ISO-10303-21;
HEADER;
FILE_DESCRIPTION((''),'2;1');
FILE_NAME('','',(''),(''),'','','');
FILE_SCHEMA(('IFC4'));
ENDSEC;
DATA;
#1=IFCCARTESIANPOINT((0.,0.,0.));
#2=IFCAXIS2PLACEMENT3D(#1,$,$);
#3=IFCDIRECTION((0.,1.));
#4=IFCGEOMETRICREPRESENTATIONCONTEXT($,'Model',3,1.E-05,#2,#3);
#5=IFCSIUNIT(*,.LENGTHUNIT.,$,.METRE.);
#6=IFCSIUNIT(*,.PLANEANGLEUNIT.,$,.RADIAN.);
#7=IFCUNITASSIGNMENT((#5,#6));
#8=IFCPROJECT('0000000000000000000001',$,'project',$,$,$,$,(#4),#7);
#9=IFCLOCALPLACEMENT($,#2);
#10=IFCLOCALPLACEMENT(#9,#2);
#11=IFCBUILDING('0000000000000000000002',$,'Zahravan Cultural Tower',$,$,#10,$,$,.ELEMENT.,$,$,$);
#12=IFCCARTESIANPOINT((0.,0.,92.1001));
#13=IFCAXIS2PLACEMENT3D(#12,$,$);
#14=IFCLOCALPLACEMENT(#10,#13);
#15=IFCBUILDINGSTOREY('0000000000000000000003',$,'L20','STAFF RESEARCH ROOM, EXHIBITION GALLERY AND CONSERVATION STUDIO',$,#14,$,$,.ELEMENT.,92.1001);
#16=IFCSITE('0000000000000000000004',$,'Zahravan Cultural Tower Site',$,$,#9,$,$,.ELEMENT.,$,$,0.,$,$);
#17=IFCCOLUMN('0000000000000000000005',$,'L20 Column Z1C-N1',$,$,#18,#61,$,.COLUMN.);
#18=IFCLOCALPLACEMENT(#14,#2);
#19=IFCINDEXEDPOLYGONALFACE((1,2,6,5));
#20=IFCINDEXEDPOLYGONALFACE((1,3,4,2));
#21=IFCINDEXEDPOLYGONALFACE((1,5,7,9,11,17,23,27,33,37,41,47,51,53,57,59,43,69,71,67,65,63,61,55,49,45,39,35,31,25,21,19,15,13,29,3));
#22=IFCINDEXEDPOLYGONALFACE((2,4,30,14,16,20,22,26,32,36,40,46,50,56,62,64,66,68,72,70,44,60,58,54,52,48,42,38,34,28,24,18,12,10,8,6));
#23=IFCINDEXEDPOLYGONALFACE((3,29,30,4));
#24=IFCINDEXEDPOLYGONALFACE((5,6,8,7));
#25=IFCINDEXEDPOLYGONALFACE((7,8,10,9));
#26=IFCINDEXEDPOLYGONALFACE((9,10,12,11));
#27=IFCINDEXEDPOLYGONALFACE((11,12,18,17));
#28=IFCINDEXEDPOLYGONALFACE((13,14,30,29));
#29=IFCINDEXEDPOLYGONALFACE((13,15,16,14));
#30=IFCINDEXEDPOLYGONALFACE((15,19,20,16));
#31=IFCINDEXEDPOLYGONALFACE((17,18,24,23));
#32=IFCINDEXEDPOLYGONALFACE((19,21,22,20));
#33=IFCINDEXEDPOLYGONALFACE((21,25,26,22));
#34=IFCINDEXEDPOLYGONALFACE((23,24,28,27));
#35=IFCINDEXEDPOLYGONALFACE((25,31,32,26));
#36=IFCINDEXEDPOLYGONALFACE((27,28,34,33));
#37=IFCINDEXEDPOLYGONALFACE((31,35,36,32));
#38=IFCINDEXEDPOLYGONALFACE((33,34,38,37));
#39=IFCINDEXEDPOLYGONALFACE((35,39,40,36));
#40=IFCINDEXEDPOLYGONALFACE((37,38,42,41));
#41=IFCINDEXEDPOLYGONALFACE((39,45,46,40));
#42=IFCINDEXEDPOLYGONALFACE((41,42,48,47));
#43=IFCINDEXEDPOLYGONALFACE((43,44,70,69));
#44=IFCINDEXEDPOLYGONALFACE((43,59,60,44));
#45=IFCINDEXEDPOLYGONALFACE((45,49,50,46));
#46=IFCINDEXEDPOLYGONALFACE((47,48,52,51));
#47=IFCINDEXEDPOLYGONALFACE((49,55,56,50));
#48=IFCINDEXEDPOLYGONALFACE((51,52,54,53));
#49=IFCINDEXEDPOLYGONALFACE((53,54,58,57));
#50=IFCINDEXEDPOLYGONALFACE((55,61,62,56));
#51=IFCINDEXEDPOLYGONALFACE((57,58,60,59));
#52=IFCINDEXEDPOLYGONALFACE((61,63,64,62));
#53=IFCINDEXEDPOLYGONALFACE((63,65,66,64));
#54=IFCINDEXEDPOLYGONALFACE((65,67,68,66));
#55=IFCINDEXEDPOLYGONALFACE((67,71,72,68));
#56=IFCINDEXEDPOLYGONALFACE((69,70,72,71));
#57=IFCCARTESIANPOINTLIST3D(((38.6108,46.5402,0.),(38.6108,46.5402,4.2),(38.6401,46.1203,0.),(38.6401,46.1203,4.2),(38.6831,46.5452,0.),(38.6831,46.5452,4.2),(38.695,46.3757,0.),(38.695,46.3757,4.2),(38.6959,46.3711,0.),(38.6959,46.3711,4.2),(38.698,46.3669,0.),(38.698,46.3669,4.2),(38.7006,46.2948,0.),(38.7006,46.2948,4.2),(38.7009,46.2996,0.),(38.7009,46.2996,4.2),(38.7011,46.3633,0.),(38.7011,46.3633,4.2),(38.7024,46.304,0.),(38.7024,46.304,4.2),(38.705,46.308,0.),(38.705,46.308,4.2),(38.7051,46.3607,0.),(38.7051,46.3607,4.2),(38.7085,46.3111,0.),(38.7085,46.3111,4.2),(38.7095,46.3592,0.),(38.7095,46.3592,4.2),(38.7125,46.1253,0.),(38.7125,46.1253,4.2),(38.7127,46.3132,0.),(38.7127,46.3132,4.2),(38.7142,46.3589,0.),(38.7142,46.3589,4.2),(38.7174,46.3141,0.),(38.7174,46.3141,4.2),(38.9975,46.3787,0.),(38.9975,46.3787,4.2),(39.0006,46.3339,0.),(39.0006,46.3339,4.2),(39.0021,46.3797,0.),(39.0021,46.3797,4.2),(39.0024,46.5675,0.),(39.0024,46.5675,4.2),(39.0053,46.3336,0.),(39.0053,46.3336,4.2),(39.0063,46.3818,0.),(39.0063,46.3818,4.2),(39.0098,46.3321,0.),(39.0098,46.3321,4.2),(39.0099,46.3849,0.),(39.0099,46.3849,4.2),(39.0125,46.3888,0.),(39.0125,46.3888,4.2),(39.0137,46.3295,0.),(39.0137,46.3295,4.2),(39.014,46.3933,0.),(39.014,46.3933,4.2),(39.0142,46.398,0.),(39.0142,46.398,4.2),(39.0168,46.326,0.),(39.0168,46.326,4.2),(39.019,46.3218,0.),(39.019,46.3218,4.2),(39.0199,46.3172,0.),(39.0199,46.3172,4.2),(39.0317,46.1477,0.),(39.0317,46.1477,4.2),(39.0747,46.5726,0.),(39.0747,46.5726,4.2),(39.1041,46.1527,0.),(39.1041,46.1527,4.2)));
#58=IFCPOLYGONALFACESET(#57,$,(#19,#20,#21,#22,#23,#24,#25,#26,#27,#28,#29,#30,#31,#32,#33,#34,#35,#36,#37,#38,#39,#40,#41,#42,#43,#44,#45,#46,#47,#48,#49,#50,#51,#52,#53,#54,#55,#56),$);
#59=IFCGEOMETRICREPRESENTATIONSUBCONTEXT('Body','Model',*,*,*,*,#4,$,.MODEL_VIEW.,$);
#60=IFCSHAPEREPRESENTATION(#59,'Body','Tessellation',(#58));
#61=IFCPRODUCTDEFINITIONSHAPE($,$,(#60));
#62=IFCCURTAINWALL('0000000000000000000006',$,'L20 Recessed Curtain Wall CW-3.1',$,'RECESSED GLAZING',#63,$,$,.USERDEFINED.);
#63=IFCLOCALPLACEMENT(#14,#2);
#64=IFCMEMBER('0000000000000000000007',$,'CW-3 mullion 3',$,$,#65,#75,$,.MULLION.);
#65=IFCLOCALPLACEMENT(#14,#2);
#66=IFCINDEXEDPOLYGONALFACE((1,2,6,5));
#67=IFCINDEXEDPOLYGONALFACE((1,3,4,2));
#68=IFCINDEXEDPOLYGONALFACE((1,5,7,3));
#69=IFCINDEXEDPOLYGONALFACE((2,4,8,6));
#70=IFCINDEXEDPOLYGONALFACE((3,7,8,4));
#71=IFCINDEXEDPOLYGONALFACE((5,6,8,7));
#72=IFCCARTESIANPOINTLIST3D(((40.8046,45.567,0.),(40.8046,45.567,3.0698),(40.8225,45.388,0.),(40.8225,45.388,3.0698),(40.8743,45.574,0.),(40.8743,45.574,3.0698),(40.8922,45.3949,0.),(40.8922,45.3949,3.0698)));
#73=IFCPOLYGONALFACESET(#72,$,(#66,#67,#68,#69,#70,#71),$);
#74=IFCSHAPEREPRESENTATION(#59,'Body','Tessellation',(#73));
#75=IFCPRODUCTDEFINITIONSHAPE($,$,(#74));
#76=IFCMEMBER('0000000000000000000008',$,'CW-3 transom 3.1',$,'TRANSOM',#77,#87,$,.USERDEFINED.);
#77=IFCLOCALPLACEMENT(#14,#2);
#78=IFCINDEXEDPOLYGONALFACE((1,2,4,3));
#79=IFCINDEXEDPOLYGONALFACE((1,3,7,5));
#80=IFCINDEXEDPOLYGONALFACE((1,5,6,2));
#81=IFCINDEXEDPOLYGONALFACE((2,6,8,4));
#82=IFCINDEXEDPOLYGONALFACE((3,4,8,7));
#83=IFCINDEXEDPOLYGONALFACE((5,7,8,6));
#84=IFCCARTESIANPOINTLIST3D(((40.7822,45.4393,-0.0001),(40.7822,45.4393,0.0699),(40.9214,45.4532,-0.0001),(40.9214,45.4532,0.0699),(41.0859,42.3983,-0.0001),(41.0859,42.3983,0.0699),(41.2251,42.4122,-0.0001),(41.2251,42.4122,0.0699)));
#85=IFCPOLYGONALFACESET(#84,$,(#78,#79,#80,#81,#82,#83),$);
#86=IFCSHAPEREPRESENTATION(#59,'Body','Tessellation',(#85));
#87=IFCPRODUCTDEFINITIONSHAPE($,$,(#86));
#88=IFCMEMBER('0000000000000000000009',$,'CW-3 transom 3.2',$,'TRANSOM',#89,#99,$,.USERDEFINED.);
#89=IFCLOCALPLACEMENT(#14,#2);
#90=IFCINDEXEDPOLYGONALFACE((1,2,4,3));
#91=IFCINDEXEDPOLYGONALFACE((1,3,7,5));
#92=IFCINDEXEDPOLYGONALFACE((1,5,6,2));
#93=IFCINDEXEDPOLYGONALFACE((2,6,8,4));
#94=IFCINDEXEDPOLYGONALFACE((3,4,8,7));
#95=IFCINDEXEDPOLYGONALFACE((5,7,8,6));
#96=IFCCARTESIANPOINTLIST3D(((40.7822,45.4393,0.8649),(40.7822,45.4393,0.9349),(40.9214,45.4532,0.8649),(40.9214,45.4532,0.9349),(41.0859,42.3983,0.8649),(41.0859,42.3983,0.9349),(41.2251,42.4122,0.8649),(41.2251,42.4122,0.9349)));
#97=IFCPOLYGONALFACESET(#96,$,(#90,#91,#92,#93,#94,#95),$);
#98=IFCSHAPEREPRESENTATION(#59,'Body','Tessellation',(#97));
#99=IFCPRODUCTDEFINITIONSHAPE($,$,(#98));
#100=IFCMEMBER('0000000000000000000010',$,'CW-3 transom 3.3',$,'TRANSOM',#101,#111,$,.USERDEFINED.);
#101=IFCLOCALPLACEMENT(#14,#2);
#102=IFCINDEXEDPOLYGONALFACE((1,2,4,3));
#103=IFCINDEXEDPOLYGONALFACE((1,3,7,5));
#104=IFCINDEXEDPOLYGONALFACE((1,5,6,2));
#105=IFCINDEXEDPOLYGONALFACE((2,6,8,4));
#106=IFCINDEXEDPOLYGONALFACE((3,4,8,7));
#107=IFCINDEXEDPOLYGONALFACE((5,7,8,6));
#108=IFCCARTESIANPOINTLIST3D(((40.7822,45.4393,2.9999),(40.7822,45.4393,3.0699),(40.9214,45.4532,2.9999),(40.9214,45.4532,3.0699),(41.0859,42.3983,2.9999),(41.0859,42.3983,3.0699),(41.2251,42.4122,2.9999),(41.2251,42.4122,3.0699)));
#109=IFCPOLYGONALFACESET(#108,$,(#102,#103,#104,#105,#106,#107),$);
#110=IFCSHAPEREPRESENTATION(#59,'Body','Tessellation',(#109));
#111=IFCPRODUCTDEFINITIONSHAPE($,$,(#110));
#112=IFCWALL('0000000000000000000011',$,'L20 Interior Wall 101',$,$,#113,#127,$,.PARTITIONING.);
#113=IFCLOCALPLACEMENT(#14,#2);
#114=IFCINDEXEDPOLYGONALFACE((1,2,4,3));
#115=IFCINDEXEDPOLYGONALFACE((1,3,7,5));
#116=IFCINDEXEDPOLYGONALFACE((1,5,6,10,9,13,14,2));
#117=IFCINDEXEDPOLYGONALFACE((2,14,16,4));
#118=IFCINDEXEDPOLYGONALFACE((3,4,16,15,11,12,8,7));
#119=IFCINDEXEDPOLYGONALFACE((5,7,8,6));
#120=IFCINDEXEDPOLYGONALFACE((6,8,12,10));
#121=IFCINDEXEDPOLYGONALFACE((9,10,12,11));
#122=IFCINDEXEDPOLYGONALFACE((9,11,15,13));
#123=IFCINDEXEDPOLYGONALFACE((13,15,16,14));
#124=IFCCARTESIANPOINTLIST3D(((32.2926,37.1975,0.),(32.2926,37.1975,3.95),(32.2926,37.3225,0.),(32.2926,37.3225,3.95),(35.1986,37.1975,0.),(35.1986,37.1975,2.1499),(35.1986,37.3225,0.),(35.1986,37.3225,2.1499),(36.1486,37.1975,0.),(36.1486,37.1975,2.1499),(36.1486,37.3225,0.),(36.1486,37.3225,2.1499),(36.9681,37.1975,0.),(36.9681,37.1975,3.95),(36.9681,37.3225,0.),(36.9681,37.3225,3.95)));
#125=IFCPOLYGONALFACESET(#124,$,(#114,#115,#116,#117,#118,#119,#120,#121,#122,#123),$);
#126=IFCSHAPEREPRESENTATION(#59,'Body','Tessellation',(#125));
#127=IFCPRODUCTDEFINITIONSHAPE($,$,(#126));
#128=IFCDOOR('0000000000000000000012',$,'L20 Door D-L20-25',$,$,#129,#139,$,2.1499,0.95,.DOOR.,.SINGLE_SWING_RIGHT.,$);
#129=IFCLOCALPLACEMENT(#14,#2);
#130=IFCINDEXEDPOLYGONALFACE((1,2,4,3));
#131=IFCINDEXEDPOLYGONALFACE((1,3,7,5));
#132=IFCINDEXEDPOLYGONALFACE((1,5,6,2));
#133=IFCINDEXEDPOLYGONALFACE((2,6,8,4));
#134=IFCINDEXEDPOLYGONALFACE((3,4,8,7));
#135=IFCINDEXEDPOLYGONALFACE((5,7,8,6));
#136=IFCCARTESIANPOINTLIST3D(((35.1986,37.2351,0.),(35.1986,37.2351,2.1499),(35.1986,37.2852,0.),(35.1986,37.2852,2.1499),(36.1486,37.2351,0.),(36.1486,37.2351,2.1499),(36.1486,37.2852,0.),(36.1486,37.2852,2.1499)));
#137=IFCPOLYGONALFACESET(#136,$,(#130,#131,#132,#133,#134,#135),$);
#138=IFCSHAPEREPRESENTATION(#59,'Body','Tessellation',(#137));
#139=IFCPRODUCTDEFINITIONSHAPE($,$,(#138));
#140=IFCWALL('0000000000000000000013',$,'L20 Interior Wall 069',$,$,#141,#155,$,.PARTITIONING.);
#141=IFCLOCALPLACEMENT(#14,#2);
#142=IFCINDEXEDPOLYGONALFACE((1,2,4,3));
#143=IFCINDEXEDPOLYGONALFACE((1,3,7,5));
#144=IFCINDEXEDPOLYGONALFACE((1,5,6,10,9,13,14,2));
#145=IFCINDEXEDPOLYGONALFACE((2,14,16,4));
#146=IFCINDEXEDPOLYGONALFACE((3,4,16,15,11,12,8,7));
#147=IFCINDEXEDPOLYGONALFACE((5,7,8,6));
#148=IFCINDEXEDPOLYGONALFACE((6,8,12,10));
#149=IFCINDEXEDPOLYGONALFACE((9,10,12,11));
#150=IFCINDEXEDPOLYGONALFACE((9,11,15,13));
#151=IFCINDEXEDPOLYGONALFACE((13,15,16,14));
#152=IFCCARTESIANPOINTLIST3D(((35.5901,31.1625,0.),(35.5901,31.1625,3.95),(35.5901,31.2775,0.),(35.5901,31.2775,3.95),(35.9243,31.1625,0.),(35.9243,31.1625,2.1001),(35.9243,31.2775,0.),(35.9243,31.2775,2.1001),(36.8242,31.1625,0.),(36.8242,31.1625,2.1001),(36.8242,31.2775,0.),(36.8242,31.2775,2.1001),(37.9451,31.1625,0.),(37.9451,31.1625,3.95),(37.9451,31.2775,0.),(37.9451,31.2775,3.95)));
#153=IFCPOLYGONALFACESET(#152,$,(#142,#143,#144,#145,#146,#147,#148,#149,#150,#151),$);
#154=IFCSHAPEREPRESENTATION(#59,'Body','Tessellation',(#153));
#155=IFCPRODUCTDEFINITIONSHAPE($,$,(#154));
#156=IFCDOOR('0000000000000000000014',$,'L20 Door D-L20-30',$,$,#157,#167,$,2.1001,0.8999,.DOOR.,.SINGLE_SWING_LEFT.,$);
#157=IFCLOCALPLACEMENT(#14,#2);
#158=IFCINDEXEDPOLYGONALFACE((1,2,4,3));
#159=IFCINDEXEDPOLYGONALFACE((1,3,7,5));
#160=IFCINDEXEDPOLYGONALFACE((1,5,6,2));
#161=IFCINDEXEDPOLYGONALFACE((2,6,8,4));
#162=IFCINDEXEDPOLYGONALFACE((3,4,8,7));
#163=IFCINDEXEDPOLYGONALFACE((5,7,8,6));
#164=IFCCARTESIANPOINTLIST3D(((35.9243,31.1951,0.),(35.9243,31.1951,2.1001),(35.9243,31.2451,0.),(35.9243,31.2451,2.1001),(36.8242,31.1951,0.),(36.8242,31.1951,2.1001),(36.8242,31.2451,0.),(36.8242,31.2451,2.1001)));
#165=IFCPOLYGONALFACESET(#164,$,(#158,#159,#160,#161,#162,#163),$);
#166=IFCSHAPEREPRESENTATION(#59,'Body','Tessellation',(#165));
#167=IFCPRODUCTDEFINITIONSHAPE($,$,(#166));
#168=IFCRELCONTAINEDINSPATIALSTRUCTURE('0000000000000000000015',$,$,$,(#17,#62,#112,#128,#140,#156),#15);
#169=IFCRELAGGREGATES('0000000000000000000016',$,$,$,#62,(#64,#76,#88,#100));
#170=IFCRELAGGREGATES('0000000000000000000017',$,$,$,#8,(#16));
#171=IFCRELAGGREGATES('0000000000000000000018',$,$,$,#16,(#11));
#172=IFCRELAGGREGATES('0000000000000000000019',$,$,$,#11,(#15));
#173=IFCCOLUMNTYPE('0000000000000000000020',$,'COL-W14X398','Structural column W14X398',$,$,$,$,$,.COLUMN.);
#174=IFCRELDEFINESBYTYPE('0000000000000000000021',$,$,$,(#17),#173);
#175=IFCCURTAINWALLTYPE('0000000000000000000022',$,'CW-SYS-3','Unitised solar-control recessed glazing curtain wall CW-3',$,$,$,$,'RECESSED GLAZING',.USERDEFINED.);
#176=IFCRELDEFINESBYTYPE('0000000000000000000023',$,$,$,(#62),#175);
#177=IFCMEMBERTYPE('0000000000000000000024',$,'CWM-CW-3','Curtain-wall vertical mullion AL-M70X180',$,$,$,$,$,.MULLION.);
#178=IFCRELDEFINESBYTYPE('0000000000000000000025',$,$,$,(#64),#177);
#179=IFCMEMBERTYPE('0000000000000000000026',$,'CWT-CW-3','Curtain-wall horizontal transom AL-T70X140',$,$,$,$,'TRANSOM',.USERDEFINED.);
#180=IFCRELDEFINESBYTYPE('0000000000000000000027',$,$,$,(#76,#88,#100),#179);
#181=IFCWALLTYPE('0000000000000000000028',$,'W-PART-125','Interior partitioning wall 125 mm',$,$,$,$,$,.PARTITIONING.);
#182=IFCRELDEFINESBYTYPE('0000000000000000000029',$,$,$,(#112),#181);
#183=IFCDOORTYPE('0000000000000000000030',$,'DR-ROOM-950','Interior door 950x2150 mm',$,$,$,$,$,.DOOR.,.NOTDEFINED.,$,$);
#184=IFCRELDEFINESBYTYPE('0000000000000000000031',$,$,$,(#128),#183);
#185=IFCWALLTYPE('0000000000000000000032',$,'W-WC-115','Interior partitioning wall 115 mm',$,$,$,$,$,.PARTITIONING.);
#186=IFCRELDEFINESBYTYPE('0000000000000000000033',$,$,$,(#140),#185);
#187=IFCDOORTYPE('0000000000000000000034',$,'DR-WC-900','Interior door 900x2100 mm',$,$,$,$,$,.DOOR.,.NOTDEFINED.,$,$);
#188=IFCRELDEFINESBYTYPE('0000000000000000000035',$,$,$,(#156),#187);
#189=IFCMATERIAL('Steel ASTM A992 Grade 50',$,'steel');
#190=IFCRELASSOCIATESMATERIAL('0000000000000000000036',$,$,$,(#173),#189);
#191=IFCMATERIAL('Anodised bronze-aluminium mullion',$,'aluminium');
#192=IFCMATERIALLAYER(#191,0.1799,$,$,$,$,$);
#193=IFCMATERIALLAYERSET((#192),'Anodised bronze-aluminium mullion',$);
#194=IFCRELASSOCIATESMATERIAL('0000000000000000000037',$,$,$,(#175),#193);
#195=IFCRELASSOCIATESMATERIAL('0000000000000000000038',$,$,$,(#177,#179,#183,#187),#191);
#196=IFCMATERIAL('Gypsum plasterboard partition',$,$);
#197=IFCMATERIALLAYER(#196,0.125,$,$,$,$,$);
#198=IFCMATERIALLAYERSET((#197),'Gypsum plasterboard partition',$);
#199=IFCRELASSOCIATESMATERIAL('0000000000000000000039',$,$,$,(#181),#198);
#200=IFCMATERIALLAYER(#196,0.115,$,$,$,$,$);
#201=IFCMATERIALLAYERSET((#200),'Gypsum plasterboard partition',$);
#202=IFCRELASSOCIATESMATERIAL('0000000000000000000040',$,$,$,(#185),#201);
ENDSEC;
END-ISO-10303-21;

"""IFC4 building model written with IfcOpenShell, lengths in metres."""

from ifc_helpers import new_model, si_unit, direction, frame, frame_2d, origin, origin_2d, place, context, subcontext, project, spatial, rectangle, i_section, extrude, source, transform, mapped, material, layer, layer_set, material_profile, profile_set, type_object, element, fill, aggregate, save


model = new_model("IFC4")

# Units and contexts
model_context = context("Model", 3, precision=1e-05, world=origin(), true_north=direction((0.0, 1.0)))
body_context = subcontext(model_context, "Body", "Model", "MODEL_VIEW")
ifc_project = project(units=[si_unit("LENGTHUNIT", "METRE"), si_unit("PLANEANGLEUNIT", "RADIAN")], contexts=[model_context])

# Site, building, storey
site_placement = place(None, origin())
site = spatial("IfcSite", under=ifc_project, at=site_placement, Name="Zahravan Cultural Tower Site", CompositionType="ELEMENT", RefElevation=0.0)
building_placement = place(site_placement, origin())
building = spatial("IfcBuilding", under=site, at=building_placement, Name="Zahravan Cultural Tower", CompositionType="ELEMENT")
storey_placement = place(building_placement, frame((0.0, 0.0, 92.1001)))
storey = spatial("IfcBuildingStorey", under=building, at=storey_placement, Name="L20", Description="STAFF RESEARCH ROOM, EXHIBITION GALLERY AND CONSERVATION STUDIO", CompositionType="ELEMENT", Elevation=92.1001)

# Column
ifc_material_1 = material(Name="Steel ASTM A992 Grade 50", Category="steel")
ifc_material_profile_1 = material_profile(ifc_material_1, i_section(OverallWidth=0.4209, OverallDepth=0.4651, WebThickness=0.0449, FlangeThickness=0.0725, FilletRadius=0.0181, at=origin_2d()), Name="W14X398")
ifc_profile_set_1 = profile_set([ifc_material_profile_1], Name="Steel ASTM A992 Grade 50")
column_type = type_object("IfcColumnType", Name="COL-W14X398", Description="Structural column W14X398", PredefinedType="COLUMN", material=ifc_profile_set_1)
shared_shape_1 = source(origin(), body_context, "Body", "SweptSolid", [
    extrude(i_section(OverallWidth=0.4209, OverallDepth=0.4651, WebThickness=0.0449, FlangeThickness=0.0725, FilletRadius=0.0181, at=origin_2d()), origin(), (0.0, 0.0, 1.0), 4.2),
])
column_placement = place(storey_placement, frame((38.8574, 46.3464, 0.0), z_axis=(0.0, 0.0, 1.0), x_axis=(-0.069756, 0.997564, 0.0)))
element("IfcColumn", 1, at=column_placement, inside=storey, type_object=column_type, Name="L20 Column Z1C-N1", PredefinedType="COLUMN", context=body_context, shape_type="MappedRepresentation", body=[
    mapped(shared_shape_1, transform((0.0, 0.0, 0.0), x_axis=(1.0, 0.0, 0.0), y_axis=(0.0, 1.0, 0.0), z_axis=(0.0, 0.0, 1.0), scale=1.0)),
])

# Curtain wall, members
ifc_material_2 = material(Name="Anodised bronze-aluminium mullion", Category="aluminium")
ifc_layer_1 = layer(ifc_material_2, 0.1799)
ifc_layer_set_1 = layer_set([ifc_layer_1], Name="Anodised bronze-aluminium mullion")
curtain_wall_type = type_object("IfcCurtainWallType", Name="CW-SYS-3", Description="Unitised solar-control recessed glazing curtain wall CW-3", ElementType="RECESSED GLAZING", PredefinedType="USERDEFINED", material=ifc_layer_set_1)
curtain_wall_placement = place(storey_placement, origin())
curtain_wall = element("IfcCurtainWall", 2, at=curtain_wall_placement, inside=storey, type_object=curtain_wall_type, Name="L20 Recessed Curtain Wall CW-3.1", ObjectType="RECESSED GLAZING", PredefinedType="USERDEFINED")
ifc_material_profile_2 = material_profile(ifc_material_2, rectangle(XDim=0.0701, YDim=0.1799, at=origin_2d()), Name="AL-M70X180")
ifc_profile_set_2 = profile_set([ifc_material_profile_2], Name="Anodised bronze-aluminium mullion")
member_type_1 = type_object("IfcMemberType", Name="CWM-CW-3", Description="Curtain-wall vertical mullion AL-M70X180", PredefinedType="MULLION", material=ifc_profile_set_2)
shared_shape_2 = source(origin(), body_context, "Body", "SweptSolid", [
    extrude(rectangle(XDim=0.0701, YDim=0.1799, at=origin_2d()), origin(), (0.0, 0.0, 1.0), 3.0698),
])
member_1_placement = place(storey_placement, frame((40.8484, 45.481, 0.0), z_axis=(0.0, 0.0, 1.0), x_axis=(0.995055, 0.099322, 0.0)))
member_1 = element("IfcMember", 3, at=member_1_placement, type_object=member_type_1, Name="CW-3 mullion 3", PredefinedType="MULLION", context=body_context, shape_type="MappedRepresentation", body=[
    mapped(shared_shape_2, transform((0.0, 0.0, 0.0), x_axis=(1.0, 0.0, 0.0), y_axis=(0.0, 1.0, 0.0), z_axis=(0.0, 0.0, 1.0), scale=1.0)),
])
ifc_material_profile_3 = material_profile(ifc_material_2, rectangle(XDim=0.1399, YDim=0.0701, at=origin_2d()), Name="AL-T70X140")
ifc_profile_set_3 = profile_set([ifc_material_profile_3], Name="Anodised bronze-aluminium mullion")
member_type_2 = type_object("IfcMemberType", Name="CWT-CW-3", Description="Curtain-wall horizontal transom AL-T70X140", ElementType="TRANSOM", PredefinedType="USERDEFINED", material=ifc_profile_set_3)
shared_shape_3 = source(origin(), body_context, "Body", "SweptSolid", [
    extrude(rectangle(XDim=0.1399, YDim=0.0701, at=origin_2d()), origin(), (0.0, 0.0, 1.0), 3.0562),
])
member_2_placement = place(storey_placement, frame((40.8518, 45.4463, 0.0349), z_axis=(0.099377, -0.99505, 0.0), x_axis=(0.99505, 0.099377, 0.0)))
member_2 = element("IfcMember", 4, at=member_2_placement, type_object=member_type_2, Name="CW-3 transom 3.1", ObjectType="TRANSOM", PredefinedType="USERDEFINED", context=body_context, shape_type="MappedRepresentation", body=[
    mapped(shared_shape_3, transform((0.0, 0.0, 0.0), x_axis=(1.0, 0.0, 0.0), y_axis=(0.0, 1.0, 0.0), z_axis=(0.0, 0.0, 1.0), scale=1.0)),
])
member_3_placement = place(storey_placement, frame((40.8518, 45.4463, 0.8999), z_axis=(0.099377, -0.99505, 0.0), x_axis=(0.99505, 0.099377, 0.0)))
member_3 = element("IfcMember", 5, at=member_3_placement, type_object=member_type_2, Name="CW-3 transom 3.2", ObjectType="TRANSOM", PredefinedType="USERDEFINED", context=body_context, shape_type="MappedRepresentation", body=[
    mapped(shared_shape_3, transform((0.0, 0.0, 0.0), x_axis=(1.0, 0.0, 0.0), y_axis=(0.0, 1.0, 0.0), z_axis=(0.0, 0.0, 1.0), scale=1.0)),
])
member_4_placement = place(storey_placement, frame((40.8518, 45.4463, 3.0349), z_axis=(0.099377, -0.99505, 0.0), x_axis=(0.99505, 0.099377, 0.0)))
member_4 = element("IfcMember", 6, at=member_4_placement, type_object=member_type_2, Name="CW-3 transom 3.3", ObjectType="TRANSOM", PredefinedType="USERDEFINED", context=body_context, shape_type="MappedRepresentation", body=[
    mapped(shared_shape_3, transform((0.0, 0.0, 0.0), x_axis=(1.0, 0.0, 0.0), y_axis=(0.0, 1.0, 0.0), z_axis=(0.0, 0.0, 1.0), scale=1.0)),
])
aggregate(curtain_wall, [member_1, member_2, member_3, member_4])

# Walls, openings, doors
ifc_material_3 = material(Name="Gypsum plasterboard partition")
ifc_layer_2 = layer(ifc_material_3, 0.125)
ifc_layer_set_2 = layer_set([ifc_layer_2], Name="Gypsum plasterboard partition")
wall_type_1 = type_object("IfcWallType", Name="W-PART-125", Description="Interior partitioning wall 125 mm", PredefinedType="PARTITIONING", material=ifc_layer_set_2)
door_type_1 = type_object("IfcDoorType", Name="DR-ROOM-950", Description="Interior door 950x2150 mm", OperationType="NOTDEFINED", PredefinedType="DOOR", material=ifc_material_2)
shared_shape_4 = source(origin(), body_context, "Body", "SweptSolid", [
    extrude(rectangle(XDim=0.95, YDim=2.1499, at=frame_2d((0.4751, 1.075))), frame((0.0, 0.0249, 0.0), z_axis=(0.0, -1.0, 0.0), x_axis=(1.0, 0.0, 0.0)), (0.0, 0.0, 1.0), 0.05),
])
wall_1_placement = place(storey_placement, frame((36.9683, 37.26, 0.0), z_axis=(0.0, 0.0, 1.0), x_axis=(-1.0, 0.0, 0.0)))
wall_1 = element("IfcWall", 7, at=wall_1_placement, inside=storey, type_object=wall_type_1, Name="L20 Interior Wall 101", PredefinedType="PARTITIONING", context=body_context, shape_type="SweptSolid", body=[
    extrude(rectangle(XDim=4.6755, YDim=0.125, at=frame_2d((2.3379, 0.0))), origin(), (0.0, 0.0, 1.0), 3.95),
])
opening_1_placement = place(wall_1_placement, frame((0.8196, 0.0, 0.0)))
opening_1 = element("IfcOpeningElement", 8, at=opening_1_placement, cuts=wall_1, PredefinedType="OPENING", context=body_context, shape_type="SweptSolid", body=[
    extrude(rectangle(XDim=0.95, YDim=2.1499, at=frame_2d((0.4751, 1.075))), frame((0.0, 0.0725, 0.0), z_axis=(0.0, -1.0, 0.0), x_axis=(1.0, 0.0, 0.0)), (0.0, 0.0, 1.0), 0.145),
])
door_1_placement = place(opening_1_placement, origin())
door_1 = element("IfcDoor", 9, at=door_1_placement, inside=storey, type_object=door_type_1, Name="L20 Door D-L20-25", OperationType="SINGLE_SWING_RIGHT", OverallHeight=2.1499, OverallWidth=0.95, PredefinedType="DOOR", context=body_context, shape_type="MappedRepresentation", body=[
    mapped(shared_shape_4, transform((0.0, 0.0, 0.0), x_axis=(1.0, 0.0, 0.0), y_axis=(0.0, 1.0, 0.0), z_axis=(0.0, 0.0, 1.0), scale=1.0)),
])
fill(opening_1, door_1)
ifc_layer_3 = layer(ifc_material_3, 0.115)
ifc_layer_set_3 = layer_set([ifc_layer_3], Name="Gypsum plasterboard partition")
wall_type_2 = type_object("IfcWallType", Name="W-WC-115", Description="Interior partitioning wall 115 mm", PredefinedType="PARTITIONING", material=ifc_layer_set_3)
wall_2_placement = place(storey_placement, frame((37.9451, 31.22, 0.0), z_axis=(0.0, 0.0, 1.0), x_axis=(-1.0, 0.0, 0.0)))
wall_2 = element("IfcWall", 10, at=wall_2_placement, inside=storey, type_object=wall_type_2, Name="L20 Interior Wall 069", PredefinedType="PARTITIONING", context=body_context, shape_type="SweptSolid", body=[
    extrude(rectangle(XDim=2.355, YDim=0.115, at=frame_2d((1.1775, 0.0))), origin(), (0.0, 0.0, 1.0), 3.95),
])
opening_2_placement = place(wall_2_placement, frame((1.1208, 0.0, 0.0)))
opening_2 = element("IfcOpeningElement", 11, at=opening_2_placement, cuts=wall_2, PredefinedType="OPENING", context=body_context, shape_type="SweptSolid", body=[
    extrude(rectangle(XDim=0.8999, YDim=2.1001, at=frame_2d((0.45, 1.05))), frame((0.0, 0.0674, 0.0), z_axis=(0.0, -1.0, 0.0), x_axis=(1.0, 0.0, 0.0)), (0.0, 0.0, 1.0), 0.135),
])
door_type_2 = type_object("IfcDoorType", Name="DR-WC-900", Description="Interior door 900x2100 mm", OperationType="NOTDEFINED", PredefinedType="DOOR", material=ifc_material_2)
shared_shape_5 = source(origin(), body_context, "Body", "SweptSolid", [
    extrude(rectangle(XDim=0.8999, YDim=2.1001, at=frame_2d((0.45, 1.05))), frame((0.0, 0.0249, 0.0), z_axis=(0.0, -1.0, 0.0), x_axis=(1.0, 0.0, 0.0)), (0.0, 0.0, 1.0), 0.05),
])
door_2_placement = place(opening_2_placement, origin())
door_2 = element("IfcDoor", 12, at=door_2_placement, inside=storey, type_object=door_type_2, Name="L20 Door D-L20-30", OperationType="SINGLE_SWING_LEFT", OverallHeight=2.1001, OverallWidth=0.8999, PredefinedType="DOOR", context=body_context, shape_type="MappedRepresentation", body=[
    mapped(shared_shape_5, transform((0.0, 0.0, 0.0), x_axis=(1.0, 0.0, 0.0), y_axis=(0.0, 1.0, 0.0), z_axis=(0.0, 0.0, 1.0), scale=1.0)),
])
fill(opening_2, door_2)

save(model, "model.ifc")
